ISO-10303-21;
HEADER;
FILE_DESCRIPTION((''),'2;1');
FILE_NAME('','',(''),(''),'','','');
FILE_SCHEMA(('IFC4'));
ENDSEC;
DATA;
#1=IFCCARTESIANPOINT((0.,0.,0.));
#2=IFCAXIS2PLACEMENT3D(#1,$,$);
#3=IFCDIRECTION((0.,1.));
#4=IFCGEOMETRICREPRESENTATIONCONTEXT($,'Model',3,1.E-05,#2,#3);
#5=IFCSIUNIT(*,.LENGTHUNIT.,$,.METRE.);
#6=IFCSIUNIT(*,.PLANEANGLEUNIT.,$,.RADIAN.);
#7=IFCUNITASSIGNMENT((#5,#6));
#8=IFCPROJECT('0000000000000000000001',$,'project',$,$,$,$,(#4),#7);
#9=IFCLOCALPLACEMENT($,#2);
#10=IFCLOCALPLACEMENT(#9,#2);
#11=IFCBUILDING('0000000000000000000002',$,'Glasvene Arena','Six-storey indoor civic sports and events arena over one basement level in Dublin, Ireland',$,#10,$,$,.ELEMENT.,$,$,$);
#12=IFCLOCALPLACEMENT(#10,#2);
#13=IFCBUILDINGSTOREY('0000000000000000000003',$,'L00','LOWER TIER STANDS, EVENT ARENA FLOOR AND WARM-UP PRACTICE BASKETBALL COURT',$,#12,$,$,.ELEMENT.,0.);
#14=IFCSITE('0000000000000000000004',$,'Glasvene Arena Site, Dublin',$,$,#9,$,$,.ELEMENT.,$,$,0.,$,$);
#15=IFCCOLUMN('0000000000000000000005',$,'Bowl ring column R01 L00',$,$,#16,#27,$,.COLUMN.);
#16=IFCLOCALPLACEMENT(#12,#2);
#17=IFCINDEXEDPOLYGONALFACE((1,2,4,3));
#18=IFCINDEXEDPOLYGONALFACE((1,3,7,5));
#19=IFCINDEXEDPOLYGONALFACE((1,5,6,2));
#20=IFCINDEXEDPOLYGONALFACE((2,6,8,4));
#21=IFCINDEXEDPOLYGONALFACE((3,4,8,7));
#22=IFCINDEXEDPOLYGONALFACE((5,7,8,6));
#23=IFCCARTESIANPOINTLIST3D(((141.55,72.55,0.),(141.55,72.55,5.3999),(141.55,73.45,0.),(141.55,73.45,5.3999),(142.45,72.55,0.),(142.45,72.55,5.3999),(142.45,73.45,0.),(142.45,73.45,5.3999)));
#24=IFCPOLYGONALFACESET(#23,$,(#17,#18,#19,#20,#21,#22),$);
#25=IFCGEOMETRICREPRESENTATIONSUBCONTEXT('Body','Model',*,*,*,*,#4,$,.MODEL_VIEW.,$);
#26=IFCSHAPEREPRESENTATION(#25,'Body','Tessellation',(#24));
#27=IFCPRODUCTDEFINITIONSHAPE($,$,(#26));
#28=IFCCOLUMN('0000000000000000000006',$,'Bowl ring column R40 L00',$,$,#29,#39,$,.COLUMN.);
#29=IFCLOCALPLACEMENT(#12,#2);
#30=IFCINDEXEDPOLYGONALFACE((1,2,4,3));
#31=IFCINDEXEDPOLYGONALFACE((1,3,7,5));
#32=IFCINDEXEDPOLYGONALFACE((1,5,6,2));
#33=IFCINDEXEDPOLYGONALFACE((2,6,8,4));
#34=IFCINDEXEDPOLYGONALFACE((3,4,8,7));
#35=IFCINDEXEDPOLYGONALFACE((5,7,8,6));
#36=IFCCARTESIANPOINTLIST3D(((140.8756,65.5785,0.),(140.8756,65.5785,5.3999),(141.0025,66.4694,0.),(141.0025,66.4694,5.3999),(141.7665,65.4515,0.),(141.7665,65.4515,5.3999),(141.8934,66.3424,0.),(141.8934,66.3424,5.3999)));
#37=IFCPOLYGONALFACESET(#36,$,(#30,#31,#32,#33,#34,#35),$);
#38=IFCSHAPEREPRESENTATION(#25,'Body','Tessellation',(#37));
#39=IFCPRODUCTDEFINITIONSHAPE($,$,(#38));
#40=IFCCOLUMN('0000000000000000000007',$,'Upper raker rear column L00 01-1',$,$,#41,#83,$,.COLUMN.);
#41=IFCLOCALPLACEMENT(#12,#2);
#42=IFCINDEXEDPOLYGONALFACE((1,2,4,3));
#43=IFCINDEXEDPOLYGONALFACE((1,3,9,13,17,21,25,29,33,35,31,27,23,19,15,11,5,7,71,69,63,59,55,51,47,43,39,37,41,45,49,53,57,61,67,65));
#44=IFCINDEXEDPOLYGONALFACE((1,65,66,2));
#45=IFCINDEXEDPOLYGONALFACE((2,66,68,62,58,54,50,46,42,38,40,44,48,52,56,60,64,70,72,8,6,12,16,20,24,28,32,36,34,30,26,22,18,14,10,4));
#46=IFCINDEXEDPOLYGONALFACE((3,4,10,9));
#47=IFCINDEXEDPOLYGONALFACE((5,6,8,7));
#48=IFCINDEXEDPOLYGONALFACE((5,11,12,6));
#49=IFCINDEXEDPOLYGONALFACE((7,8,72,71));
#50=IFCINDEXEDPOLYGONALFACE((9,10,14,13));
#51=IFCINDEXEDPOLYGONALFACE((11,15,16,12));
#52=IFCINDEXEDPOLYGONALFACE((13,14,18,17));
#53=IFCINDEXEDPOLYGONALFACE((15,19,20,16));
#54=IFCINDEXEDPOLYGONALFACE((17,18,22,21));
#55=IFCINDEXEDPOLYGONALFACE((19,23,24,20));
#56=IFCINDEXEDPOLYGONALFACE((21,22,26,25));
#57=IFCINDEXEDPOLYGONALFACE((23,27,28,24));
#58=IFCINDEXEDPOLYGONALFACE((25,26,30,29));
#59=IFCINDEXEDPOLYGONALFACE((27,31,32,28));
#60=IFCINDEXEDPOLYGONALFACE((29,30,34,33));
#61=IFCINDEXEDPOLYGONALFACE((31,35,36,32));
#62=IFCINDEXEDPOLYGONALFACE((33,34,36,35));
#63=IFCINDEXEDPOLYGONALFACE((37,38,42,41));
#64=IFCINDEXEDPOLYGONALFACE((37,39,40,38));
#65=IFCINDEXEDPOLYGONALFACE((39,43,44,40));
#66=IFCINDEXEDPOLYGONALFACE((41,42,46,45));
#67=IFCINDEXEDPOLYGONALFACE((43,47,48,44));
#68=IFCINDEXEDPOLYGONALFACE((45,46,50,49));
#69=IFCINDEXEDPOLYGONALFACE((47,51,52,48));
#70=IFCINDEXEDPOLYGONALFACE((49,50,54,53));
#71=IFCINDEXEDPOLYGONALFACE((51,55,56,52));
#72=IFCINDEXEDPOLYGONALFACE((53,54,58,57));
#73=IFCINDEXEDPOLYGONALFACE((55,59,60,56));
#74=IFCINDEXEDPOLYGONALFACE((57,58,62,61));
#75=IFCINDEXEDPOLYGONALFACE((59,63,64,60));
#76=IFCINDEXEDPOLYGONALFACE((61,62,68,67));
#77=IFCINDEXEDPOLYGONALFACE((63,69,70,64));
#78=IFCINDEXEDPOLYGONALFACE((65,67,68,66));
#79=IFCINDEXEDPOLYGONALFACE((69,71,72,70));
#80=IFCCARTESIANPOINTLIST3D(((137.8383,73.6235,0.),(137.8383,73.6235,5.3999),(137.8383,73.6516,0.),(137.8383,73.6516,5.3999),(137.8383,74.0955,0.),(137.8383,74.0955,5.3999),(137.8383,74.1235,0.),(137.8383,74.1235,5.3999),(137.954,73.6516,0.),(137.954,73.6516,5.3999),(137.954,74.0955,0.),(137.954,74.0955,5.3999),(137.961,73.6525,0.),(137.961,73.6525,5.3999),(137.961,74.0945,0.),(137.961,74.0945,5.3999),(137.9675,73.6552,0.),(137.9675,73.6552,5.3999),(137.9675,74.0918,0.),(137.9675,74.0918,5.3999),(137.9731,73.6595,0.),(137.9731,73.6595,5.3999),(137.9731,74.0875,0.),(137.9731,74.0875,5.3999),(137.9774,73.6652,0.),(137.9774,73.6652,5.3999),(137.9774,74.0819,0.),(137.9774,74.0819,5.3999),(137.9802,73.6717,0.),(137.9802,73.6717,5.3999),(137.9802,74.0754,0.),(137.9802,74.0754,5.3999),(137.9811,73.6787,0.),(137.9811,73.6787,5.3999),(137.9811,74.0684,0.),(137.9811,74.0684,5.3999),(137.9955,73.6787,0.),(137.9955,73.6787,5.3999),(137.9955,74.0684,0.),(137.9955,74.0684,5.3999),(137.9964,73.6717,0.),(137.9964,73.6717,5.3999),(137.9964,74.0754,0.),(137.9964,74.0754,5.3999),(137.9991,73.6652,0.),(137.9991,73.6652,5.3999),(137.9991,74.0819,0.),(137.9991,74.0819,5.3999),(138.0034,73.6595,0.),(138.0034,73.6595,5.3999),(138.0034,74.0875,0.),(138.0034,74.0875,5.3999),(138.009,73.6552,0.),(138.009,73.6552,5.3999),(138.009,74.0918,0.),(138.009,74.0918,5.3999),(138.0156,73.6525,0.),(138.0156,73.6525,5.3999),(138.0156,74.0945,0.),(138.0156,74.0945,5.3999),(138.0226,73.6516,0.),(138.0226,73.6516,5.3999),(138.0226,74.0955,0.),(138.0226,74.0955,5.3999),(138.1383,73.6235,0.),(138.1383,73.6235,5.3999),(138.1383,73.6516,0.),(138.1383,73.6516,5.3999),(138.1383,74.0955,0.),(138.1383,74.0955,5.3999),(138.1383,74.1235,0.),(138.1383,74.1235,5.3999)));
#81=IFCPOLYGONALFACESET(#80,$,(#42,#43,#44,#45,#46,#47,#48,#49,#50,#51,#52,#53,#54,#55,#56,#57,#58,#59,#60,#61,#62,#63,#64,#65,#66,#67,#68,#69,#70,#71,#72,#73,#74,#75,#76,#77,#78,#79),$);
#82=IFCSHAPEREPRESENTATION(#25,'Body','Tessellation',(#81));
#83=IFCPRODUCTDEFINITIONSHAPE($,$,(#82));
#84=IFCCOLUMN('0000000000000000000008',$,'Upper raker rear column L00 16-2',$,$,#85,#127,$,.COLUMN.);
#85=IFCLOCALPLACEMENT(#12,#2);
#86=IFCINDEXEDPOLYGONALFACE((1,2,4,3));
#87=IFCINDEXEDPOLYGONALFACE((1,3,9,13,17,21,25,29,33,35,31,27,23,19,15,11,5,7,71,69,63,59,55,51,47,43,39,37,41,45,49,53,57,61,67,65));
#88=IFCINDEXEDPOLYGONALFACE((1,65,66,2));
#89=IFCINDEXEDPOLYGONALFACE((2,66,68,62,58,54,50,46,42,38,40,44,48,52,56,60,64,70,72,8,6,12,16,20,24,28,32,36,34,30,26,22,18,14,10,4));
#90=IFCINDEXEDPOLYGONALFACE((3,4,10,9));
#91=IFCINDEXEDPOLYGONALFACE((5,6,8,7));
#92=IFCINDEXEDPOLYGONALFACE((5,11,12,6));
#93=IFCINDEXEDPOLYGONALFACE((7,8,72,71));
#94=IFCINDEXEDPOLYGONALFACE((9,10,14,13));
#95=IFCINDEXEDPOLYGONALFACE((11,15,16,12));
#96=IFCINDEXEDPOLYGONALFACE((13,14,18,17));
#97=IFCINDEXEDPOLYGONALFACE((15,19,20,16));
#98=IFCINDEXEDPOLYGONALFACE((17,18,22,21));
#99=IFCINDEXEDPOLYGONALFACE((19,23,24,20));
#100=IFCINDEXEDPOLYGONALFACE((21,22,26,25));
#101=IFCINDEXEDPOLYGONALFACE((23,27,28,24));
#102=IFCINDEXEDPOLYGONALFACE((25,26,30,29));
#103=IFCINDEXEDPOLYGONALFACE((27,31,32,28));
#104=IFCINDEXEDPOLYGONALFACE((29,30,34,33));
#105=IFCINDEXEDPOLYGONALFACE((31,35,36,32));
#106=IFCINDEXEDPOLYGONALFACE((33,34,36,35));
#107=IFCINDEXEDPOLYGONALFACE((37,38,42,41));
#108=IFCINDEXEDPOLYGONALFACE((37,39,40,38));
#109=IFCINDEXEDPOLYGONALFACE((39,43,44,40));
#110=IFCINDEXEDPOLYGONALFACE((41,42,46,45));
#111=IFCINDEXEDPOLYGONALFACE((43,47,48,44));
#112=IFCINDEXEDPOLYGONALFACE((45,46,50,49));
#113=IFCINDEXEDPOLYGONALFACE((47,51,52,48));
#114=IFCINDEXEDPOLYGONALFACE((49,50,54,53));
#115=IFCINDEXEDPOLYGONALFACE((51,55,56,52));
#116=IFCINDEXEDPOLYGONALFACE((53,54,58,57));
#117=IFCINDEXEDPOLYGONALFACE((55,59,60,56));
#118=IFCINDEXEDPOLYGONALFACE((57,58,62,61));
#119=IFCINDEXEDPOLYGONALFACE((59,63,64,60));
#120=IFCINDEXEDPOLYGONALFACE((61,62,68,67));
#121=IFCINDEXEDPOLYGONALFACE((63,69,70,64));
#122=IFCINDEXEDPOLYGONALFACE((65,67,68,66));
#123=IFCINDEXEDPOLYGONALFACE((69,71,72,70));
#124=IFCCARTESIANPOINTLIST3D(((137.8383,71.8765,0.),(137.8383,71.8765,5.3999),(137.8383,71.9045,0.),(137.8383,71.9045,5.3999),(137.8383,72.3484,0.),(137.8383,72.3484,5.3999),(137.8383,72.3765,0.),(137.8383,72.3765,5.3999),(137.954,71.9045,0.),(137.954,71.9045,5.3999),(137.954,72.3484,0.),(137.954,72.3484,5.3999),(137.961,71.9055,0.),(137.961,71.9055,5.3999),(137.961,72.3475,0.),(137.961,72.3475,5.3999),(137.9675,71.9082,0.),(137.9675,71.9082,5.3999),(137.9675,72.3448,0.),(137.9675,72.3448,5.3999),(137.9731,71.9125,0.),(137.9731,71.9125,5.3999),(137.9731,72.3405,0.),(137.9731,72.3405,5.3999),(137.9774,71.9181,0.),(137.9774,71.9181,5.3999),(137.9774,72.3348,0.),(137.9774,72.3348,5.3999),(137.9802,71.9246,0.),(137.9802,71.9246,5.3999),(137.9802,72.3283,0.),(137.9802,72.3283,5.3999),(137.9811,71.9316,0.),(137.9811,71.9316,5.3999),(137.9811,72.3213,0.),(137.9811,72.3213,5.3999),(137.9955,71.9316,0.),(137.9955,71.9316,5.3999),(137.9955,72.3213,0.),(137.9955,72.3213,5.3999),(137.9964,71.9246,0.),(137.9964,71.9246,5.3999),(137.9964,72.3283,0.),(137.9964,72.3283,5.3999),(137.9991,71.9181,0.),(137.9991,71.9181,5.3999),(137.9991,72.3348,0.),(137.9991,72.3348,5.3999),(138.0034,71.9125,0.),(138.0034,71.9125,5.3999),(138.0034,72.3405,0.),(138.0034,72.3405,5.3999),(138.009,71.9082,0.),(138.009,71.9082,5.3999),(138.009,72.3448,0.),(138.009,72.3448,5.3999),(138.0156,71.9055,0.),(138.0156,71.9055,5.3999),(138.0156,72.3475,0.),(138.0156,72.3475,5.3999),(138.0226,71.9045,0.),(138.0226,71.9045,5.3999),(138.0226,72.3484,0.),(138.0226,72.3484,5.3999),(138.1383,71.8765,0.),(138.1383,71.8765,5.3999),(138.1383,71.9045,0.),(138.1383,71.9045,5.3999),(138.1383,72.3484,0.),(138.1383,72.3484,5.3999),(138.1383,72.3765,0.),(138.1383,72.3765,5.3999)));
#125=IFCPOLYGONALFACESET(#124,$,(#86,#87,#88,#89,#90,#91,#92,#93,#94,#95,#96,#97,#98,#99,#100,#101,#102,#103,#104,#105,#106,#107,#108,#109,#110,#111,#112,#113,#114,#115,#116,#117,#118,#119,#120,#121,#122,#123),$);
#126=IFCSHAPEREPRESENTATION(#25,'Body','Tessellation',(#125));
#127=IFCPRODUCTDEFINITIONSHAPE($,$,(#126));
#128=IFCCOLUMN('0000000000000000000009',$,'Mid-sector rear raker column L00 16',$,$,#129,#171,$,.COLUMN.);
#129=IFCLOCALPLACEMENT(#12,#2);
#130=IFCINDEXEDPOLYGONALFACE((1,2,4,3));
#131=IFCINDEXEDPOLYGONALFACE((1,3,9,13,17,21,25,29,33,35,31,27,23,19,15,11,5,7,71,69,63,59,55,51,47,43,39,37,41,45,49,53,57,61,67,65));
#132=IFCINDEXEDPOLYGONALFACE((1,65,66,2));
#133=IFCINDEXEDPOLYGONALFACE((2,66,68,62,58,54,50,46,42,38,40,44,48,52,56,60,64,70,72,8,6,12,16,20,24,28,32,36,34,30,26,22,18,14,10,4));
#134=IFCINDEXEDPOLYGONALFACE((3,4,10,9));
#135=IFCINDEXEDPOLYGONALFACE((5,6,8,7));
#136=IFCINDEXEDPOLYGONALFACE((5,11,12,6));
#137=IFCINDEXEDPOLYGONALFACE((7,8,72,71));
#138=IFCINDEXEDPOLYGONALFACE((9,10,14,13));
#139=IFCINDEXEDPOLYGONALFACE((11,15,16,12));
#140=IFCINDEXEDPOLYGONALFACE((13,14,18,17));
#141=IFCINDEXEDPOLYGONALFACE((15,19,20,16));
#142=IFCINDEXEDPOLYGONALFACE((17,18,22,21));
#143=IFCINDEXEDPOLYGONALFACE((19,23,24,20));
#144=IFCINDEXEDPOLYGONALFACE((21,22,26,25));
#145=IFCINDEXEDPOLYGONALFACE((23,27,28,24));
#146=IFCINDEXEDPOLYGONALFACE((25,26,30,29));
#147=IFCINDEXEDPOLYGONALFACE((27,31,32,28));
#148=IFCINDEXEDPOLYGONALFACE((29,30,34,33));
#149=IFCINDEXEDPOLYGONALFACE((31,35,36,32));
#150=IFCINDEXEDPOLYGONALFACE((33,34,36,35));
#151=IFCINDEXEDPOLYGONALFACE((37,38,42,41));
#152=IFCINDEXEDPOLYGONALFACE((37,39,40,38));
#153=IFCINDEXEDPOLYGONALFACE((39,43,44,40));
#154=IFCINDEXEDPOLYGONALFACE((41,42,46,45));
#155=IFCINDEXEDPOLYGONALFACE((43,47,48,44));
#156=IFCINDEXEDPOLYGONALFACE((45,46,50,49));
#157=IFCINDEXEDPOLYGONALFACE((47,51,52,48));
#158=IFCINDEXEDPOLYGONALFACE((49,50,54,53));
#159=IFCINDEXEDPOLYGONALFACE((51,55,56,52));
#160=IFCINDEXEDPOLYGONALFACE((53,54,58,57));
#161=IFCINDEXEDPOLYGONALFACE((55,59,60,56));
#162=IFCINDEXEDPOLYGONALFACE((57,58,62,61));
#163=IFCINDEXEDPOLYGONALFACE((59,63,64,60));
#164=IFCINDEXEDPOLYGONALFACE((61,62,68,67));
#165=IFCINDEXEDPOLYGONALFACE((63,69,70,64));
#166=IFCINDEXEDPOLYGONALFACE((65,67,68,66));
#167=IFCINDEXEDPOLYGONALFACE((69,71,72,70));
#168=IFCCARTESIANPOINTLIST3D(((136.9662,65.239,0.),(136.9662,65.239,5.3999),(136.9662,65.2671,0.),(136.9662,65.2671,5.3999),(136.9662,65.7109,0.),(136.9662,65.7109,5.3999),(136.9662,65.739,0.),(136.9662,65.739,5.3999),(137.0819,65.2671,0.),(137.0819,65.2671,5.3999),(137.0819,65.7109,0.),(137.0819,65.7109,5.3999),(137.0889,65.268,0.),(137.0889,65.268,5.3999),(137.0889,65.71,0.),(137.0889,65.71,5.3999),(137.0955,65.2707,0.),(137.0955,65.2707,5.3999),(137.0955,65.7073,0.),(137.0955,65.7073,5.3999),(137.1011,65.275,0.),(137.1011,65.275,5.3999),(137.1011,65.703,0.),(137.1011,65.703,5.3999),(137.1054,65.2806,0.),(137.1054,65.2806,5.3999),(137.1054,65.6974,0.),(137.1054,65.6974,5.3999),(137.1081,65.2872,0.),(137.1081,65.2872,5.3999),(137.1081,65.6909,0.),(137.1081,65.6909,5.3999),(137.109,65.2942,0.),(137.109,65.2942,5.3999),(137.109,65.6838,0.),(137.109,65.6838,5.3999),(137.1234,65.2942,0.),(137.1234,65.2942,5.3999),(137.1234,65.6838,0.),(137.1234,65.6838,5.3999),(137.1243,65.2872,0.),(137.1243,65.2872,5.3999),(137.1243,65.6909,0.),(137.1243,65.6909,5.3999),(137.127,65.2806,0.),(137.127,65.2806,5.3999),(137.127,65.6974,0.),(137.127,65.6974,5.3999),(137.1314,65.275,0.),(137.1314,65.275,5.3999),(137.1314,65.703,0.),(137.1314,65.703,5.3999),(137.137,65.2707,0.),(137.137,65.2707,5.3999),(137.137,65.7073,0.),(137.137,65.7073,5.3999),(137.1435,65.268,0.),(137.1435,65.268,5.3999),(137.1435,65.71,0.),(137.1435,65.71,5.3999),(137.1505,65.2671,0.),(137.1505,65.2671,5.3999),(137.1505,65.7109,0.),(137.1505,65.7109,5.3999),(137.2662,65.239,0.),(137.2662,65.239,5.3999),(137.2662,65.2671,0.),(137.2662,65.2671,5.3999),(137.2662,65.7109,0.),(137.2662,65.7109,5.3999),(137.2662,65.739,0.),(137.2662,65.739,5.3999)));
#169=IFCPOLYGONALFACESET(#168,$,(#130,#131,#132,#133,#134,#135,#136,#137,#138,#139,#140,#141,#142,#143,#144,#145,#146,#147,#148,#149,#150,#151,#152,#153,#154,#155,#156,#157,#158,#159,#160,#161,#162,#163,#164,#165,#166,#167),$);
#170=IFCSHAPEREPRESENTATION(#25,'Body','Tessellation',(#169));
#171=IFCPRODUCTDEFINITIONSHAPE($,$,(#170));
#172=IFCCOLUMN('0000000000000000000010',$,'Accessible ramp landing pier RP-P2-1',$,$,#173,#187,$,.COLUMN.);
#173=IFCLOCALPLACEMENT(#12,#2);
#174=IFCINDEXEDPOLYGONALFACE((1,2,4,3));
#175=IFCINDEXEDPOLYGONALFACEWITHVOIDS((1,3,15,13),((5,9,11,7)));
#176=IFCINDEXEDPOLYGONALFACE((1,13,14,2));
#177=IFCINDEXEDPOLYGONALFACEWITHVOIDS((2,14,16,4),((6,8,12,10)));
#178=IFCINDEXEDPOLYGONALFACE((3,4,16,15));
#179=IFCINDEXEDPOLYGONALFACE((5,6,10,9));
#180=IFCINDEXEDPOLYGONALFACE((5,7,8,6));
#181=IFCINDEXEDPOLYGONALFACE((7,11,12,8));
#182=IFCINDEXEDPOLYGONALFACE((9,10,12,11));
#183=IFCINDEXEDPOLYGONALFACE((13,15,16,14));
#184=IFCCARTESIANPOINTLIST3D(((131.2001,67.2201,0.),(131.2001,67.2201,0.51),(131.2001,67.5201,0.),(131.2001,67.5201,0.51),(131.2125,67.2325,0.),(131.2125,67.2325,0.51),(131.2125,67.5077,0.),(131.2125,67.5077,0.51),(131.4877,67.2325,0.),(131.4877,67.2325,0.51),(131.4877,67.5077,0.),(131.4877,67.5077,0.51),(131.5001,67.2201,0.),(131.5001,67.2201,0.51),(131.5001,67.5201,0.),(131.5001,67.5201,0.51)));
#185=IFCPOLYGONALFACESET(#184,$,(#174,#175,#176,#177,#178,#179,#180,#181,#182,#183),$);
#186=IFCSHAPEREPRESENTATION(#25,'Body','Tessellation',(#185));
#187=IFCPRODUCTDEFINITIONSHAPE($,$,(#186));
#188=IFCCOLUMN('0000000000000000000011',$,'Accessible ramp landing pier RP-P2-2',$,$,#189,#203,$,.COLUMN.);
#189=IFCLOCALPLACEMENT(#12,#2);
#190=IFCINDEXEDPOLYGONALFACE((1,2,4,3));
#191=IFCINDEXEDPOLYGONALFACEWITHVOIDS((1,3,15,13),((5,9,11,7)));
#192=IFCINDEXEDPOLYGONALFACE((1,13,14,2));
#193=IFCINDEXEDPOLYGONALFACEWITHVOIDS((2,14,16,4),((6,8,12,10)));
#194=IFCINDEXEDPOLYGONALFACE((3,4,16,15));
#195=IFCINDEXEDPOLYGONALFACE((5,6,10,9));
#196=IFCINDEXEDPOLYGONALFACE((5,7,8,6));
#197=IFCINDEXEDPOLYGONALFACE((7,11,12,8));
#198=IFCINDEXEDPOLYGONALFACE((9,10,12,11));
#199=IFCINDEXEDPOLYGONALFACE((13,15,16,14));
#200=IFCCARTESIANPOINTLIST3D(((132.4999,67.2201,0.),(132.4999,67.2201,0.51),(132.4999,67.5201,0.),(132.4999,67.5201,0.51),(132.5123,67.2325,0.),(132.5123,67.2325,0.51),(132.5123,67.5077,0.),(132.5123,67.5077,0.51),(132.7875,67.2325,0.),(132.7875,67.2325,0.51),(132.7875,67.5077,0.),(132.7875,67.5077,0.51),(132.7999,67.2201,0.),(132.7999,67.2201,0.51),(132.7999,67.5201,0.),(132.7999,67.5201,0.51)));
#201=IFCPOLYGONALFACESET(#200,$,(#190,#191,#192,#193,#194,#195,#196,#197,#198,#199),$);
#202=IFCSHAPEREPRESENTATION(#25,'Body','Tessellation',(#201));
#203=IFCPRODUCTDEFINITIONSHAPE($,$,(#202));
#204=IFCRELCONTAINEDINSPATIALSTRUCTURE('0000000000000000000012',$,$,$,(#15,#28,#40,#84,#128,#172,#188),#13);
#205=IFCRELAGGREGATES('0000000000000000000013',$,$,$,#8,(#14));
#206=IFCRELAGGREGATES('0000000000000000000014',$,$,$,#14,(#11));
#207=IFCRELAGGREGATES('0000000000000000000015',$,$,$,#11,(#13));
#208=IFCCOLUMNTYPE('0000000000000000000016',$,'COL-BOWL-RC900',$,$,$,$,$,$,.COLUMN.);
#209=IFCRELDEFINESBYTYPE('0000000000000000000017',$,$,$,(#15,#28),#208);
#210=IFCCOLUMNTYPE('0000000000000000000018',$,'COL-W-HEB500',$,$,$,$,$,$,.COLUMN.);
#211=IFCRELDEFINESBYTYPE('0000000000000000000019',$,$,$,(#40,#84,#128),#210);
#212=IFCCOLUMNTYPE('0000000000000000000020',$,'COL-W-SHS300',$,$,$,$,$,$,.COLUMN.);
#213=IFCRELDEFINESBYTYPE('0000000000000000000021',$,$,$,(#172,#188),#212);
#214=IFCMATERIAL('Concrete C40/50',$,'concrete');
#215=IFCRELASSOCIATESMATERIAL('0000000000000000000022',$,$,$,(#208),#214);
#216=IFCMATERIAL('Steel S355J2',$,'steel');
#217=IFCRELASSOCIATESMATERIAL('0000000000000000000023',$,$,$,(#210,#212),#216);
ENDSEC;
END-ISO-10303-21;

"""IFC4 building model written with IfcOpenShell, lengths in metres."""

from ifc_helpers import new_model, si_unit, direction, frame, origin, origin_2d, place, context, subcontext, project, spatial, rectangle, hollow_rectangle, i_section, extrude, material, material_profile, profile_set, type_object, element, save


model = new_model("IFC4")

# Units and contexts
model_context = context("Model", 3, precision=1e-05, world=origin(), true_north=direction((0.0, 1.0)))
body_context = subcontext(model_context, "Body", "Model", "MODEL_VIEW")
ifc_project = project(units=[si_unit("LENGTHUNIT", "METRE"), si_unit("PLANEANGLEUNIT", "RADIAN")], contexts=[model_context])

# Site, building, storey
site_placement = place(None, origin())
site = spatial("IfcSite", under=ifc_project, at=site_placement, Name="Glasvene Arena Site, Dublin", CompositionType="ELEMENT", RefElevation=0.0)
building_placement = place(site_placement, origin())
building = spatial("IfcBuilding", under=site, at=building_placement, Name="Glasvene Arena", Description="Six-storey indoor civic sports and events arena over one basement level in Dublin, Ireland", CompositionType="ELEMENT")
storey_placement = place(building_placement, origin())
storey = spatial("IfcBuildingStorey", under=building, at=storey_placement, Name="L00", Description="LOWER TIER STANDS, EVENT ARENA FLOOR AND WARM-UP PRACTICE BASKETBALL COURT", CompositionType="ELEMENT", Elevation=0.0)

# Columns
ifc_material_1 = material(Name="Concrete C40/50", Category="concrete")
ifc_material_profile_1 = material_profile(ifc_material_1, rectangle(XDim=0.8999, YDim=0.8999, at=origin_2d()), Name="RC 900x900")
ifc_profile_set_1 = profile_set([ifc_material_profile_1], Name="Concrete C40/50")
column_type_1 = type_object("IfcColumnType", Name="COL-BOWL-RC900", PredefinedType="COLUMN", material=ifc_profile_set_1)
for number, where, z_axis, x_axis, name in (
    (1, (142.0, 73.0, 0.0), (0.0, 0.0, 1.0), (1.0, 0.0, 0.0), "Bowl ring column R01 L00"),
    (2, (141.3845, 65.9604, 0.0), (0.0, 0.0, 1.0), (0.989999, -0.141074, 0.0), "Bowl ring column R40 L00"),
):
    element("IfcColumn", number, at=place(storey_placement, frame(where, z_axis=z_axis, x_axis=x_axis)), inside=storey, type_object=column_type_1, Name=name, PredefinedType="COLUMN", context=body_context, shape_type="SweptSolid", body=[
        extrude(rectangle(XDim=0.8999, YDim=0.8999, at=origin_2d()), origin(), (0.0, 0.0, 1.0), 5.3999),
    ])
ifc_material_2 = material(Name="Steel S355J2", Category="steel")
ifc_material_profile_2 = material_profile(ifc_material_2, i_section(OverallWidth=0.3, OverallDepth=0.5, WebThickness=0.0144, FlangeThickness=0.0281, FilletRadius=0.0271, at=origin_2d()), Name="HEB 500")
ifc_profile_set_2 = profile_set([ifc_material_profile_2], Name="Steel S355J2")
column_type_2 = type_object("IfcColumnType", Name="COL-W-HEB500", PredefinedType="COLUMN", material=ifc_profile_set_2)
for number, where, z_axis, x_axis, name in (
    (3, (137.9883, 73.8735, 0.0), (0.0, 0.0, 1.0), (1.0, 0.0, 0.0), "Upper raker rear column L00 01-1"),
    (4, (137.9883, 72.1265, 0.0), (0.0, 0.0, 1.0), (1.0, 0.0, 0.0), "Upper raker rear column L00 16-2"),
    (5, (137.1162, 65.489, 0.0), (0.0, 0.0, 1.0), (1.0, 0.0, 0.0), "Mid-sector rear raker column L00 16"),
):
    element("IfcColumn", number, at=place(storey_placement, frame(where, z_axis=z_axis, x_axis=x_axis)), inside=storey, type_object=column_type_2, Name=name, PredefinedType="COLUMN", context=body_context, shape_type="SweptSolid", body=[
        extrude(i_section(OverallWidth=0.3, OverallDepth=0.5, WebThickness=0.0144, FlangeThickness=0.0281, FilletRadius=0.0271, at=origin_2d()), origin(), (0.0, 0.0, 1.0), 5.3999),
    ])
ifc_material_profile_3 = material_profile(ifc_material_2, hollow_rectangle(XDim=0.3, YDim=0.3, WallThickness=0.0125, at=origin_2d()), Name="SHS 300x300x12.5")
ifc_profile_set_3 = profile_set([ifc_material_profile_3], Name="Steel S355J2")
column_type_3 = type_object("IfcColumnType", Name="COL-W-SHS300", PredefinedType="COLUMN", material=ifc_profile_set_3)
for number, where, z_axis, x_axis, name in (
    (6, (131.3501, 67.3701, 0.0), (0.0, 0.0, 1.0), (1.0, 0.0, 0.0), "Accessible ramp landing pier RP-P2-1"),
    (7, (132.6499, 67.3701, 0.0), (0.0, 0.0, 1.0), (1.0, 0.0, 0.0), "Accessible ramp landing pier RP-P2-2"),
):
    element("IfcColumn", number, at=place(storey_placement, frame(where, z_axis=z_axis, x_axis=x_axis)), inside=storey, type_object=column_type_3, Name=name, PredefinedType="COLUMN", context=body_context, shape_type="SweptSolid", body=[
        extrude(hollow_rectangle(XDim=0.3, YDim=0.3, WallThickness=0.0125, at=origin_2d()), origin(), (0.0, 0.0, 1.0), 0.51),
    ])

save(model, "model.ifc")
